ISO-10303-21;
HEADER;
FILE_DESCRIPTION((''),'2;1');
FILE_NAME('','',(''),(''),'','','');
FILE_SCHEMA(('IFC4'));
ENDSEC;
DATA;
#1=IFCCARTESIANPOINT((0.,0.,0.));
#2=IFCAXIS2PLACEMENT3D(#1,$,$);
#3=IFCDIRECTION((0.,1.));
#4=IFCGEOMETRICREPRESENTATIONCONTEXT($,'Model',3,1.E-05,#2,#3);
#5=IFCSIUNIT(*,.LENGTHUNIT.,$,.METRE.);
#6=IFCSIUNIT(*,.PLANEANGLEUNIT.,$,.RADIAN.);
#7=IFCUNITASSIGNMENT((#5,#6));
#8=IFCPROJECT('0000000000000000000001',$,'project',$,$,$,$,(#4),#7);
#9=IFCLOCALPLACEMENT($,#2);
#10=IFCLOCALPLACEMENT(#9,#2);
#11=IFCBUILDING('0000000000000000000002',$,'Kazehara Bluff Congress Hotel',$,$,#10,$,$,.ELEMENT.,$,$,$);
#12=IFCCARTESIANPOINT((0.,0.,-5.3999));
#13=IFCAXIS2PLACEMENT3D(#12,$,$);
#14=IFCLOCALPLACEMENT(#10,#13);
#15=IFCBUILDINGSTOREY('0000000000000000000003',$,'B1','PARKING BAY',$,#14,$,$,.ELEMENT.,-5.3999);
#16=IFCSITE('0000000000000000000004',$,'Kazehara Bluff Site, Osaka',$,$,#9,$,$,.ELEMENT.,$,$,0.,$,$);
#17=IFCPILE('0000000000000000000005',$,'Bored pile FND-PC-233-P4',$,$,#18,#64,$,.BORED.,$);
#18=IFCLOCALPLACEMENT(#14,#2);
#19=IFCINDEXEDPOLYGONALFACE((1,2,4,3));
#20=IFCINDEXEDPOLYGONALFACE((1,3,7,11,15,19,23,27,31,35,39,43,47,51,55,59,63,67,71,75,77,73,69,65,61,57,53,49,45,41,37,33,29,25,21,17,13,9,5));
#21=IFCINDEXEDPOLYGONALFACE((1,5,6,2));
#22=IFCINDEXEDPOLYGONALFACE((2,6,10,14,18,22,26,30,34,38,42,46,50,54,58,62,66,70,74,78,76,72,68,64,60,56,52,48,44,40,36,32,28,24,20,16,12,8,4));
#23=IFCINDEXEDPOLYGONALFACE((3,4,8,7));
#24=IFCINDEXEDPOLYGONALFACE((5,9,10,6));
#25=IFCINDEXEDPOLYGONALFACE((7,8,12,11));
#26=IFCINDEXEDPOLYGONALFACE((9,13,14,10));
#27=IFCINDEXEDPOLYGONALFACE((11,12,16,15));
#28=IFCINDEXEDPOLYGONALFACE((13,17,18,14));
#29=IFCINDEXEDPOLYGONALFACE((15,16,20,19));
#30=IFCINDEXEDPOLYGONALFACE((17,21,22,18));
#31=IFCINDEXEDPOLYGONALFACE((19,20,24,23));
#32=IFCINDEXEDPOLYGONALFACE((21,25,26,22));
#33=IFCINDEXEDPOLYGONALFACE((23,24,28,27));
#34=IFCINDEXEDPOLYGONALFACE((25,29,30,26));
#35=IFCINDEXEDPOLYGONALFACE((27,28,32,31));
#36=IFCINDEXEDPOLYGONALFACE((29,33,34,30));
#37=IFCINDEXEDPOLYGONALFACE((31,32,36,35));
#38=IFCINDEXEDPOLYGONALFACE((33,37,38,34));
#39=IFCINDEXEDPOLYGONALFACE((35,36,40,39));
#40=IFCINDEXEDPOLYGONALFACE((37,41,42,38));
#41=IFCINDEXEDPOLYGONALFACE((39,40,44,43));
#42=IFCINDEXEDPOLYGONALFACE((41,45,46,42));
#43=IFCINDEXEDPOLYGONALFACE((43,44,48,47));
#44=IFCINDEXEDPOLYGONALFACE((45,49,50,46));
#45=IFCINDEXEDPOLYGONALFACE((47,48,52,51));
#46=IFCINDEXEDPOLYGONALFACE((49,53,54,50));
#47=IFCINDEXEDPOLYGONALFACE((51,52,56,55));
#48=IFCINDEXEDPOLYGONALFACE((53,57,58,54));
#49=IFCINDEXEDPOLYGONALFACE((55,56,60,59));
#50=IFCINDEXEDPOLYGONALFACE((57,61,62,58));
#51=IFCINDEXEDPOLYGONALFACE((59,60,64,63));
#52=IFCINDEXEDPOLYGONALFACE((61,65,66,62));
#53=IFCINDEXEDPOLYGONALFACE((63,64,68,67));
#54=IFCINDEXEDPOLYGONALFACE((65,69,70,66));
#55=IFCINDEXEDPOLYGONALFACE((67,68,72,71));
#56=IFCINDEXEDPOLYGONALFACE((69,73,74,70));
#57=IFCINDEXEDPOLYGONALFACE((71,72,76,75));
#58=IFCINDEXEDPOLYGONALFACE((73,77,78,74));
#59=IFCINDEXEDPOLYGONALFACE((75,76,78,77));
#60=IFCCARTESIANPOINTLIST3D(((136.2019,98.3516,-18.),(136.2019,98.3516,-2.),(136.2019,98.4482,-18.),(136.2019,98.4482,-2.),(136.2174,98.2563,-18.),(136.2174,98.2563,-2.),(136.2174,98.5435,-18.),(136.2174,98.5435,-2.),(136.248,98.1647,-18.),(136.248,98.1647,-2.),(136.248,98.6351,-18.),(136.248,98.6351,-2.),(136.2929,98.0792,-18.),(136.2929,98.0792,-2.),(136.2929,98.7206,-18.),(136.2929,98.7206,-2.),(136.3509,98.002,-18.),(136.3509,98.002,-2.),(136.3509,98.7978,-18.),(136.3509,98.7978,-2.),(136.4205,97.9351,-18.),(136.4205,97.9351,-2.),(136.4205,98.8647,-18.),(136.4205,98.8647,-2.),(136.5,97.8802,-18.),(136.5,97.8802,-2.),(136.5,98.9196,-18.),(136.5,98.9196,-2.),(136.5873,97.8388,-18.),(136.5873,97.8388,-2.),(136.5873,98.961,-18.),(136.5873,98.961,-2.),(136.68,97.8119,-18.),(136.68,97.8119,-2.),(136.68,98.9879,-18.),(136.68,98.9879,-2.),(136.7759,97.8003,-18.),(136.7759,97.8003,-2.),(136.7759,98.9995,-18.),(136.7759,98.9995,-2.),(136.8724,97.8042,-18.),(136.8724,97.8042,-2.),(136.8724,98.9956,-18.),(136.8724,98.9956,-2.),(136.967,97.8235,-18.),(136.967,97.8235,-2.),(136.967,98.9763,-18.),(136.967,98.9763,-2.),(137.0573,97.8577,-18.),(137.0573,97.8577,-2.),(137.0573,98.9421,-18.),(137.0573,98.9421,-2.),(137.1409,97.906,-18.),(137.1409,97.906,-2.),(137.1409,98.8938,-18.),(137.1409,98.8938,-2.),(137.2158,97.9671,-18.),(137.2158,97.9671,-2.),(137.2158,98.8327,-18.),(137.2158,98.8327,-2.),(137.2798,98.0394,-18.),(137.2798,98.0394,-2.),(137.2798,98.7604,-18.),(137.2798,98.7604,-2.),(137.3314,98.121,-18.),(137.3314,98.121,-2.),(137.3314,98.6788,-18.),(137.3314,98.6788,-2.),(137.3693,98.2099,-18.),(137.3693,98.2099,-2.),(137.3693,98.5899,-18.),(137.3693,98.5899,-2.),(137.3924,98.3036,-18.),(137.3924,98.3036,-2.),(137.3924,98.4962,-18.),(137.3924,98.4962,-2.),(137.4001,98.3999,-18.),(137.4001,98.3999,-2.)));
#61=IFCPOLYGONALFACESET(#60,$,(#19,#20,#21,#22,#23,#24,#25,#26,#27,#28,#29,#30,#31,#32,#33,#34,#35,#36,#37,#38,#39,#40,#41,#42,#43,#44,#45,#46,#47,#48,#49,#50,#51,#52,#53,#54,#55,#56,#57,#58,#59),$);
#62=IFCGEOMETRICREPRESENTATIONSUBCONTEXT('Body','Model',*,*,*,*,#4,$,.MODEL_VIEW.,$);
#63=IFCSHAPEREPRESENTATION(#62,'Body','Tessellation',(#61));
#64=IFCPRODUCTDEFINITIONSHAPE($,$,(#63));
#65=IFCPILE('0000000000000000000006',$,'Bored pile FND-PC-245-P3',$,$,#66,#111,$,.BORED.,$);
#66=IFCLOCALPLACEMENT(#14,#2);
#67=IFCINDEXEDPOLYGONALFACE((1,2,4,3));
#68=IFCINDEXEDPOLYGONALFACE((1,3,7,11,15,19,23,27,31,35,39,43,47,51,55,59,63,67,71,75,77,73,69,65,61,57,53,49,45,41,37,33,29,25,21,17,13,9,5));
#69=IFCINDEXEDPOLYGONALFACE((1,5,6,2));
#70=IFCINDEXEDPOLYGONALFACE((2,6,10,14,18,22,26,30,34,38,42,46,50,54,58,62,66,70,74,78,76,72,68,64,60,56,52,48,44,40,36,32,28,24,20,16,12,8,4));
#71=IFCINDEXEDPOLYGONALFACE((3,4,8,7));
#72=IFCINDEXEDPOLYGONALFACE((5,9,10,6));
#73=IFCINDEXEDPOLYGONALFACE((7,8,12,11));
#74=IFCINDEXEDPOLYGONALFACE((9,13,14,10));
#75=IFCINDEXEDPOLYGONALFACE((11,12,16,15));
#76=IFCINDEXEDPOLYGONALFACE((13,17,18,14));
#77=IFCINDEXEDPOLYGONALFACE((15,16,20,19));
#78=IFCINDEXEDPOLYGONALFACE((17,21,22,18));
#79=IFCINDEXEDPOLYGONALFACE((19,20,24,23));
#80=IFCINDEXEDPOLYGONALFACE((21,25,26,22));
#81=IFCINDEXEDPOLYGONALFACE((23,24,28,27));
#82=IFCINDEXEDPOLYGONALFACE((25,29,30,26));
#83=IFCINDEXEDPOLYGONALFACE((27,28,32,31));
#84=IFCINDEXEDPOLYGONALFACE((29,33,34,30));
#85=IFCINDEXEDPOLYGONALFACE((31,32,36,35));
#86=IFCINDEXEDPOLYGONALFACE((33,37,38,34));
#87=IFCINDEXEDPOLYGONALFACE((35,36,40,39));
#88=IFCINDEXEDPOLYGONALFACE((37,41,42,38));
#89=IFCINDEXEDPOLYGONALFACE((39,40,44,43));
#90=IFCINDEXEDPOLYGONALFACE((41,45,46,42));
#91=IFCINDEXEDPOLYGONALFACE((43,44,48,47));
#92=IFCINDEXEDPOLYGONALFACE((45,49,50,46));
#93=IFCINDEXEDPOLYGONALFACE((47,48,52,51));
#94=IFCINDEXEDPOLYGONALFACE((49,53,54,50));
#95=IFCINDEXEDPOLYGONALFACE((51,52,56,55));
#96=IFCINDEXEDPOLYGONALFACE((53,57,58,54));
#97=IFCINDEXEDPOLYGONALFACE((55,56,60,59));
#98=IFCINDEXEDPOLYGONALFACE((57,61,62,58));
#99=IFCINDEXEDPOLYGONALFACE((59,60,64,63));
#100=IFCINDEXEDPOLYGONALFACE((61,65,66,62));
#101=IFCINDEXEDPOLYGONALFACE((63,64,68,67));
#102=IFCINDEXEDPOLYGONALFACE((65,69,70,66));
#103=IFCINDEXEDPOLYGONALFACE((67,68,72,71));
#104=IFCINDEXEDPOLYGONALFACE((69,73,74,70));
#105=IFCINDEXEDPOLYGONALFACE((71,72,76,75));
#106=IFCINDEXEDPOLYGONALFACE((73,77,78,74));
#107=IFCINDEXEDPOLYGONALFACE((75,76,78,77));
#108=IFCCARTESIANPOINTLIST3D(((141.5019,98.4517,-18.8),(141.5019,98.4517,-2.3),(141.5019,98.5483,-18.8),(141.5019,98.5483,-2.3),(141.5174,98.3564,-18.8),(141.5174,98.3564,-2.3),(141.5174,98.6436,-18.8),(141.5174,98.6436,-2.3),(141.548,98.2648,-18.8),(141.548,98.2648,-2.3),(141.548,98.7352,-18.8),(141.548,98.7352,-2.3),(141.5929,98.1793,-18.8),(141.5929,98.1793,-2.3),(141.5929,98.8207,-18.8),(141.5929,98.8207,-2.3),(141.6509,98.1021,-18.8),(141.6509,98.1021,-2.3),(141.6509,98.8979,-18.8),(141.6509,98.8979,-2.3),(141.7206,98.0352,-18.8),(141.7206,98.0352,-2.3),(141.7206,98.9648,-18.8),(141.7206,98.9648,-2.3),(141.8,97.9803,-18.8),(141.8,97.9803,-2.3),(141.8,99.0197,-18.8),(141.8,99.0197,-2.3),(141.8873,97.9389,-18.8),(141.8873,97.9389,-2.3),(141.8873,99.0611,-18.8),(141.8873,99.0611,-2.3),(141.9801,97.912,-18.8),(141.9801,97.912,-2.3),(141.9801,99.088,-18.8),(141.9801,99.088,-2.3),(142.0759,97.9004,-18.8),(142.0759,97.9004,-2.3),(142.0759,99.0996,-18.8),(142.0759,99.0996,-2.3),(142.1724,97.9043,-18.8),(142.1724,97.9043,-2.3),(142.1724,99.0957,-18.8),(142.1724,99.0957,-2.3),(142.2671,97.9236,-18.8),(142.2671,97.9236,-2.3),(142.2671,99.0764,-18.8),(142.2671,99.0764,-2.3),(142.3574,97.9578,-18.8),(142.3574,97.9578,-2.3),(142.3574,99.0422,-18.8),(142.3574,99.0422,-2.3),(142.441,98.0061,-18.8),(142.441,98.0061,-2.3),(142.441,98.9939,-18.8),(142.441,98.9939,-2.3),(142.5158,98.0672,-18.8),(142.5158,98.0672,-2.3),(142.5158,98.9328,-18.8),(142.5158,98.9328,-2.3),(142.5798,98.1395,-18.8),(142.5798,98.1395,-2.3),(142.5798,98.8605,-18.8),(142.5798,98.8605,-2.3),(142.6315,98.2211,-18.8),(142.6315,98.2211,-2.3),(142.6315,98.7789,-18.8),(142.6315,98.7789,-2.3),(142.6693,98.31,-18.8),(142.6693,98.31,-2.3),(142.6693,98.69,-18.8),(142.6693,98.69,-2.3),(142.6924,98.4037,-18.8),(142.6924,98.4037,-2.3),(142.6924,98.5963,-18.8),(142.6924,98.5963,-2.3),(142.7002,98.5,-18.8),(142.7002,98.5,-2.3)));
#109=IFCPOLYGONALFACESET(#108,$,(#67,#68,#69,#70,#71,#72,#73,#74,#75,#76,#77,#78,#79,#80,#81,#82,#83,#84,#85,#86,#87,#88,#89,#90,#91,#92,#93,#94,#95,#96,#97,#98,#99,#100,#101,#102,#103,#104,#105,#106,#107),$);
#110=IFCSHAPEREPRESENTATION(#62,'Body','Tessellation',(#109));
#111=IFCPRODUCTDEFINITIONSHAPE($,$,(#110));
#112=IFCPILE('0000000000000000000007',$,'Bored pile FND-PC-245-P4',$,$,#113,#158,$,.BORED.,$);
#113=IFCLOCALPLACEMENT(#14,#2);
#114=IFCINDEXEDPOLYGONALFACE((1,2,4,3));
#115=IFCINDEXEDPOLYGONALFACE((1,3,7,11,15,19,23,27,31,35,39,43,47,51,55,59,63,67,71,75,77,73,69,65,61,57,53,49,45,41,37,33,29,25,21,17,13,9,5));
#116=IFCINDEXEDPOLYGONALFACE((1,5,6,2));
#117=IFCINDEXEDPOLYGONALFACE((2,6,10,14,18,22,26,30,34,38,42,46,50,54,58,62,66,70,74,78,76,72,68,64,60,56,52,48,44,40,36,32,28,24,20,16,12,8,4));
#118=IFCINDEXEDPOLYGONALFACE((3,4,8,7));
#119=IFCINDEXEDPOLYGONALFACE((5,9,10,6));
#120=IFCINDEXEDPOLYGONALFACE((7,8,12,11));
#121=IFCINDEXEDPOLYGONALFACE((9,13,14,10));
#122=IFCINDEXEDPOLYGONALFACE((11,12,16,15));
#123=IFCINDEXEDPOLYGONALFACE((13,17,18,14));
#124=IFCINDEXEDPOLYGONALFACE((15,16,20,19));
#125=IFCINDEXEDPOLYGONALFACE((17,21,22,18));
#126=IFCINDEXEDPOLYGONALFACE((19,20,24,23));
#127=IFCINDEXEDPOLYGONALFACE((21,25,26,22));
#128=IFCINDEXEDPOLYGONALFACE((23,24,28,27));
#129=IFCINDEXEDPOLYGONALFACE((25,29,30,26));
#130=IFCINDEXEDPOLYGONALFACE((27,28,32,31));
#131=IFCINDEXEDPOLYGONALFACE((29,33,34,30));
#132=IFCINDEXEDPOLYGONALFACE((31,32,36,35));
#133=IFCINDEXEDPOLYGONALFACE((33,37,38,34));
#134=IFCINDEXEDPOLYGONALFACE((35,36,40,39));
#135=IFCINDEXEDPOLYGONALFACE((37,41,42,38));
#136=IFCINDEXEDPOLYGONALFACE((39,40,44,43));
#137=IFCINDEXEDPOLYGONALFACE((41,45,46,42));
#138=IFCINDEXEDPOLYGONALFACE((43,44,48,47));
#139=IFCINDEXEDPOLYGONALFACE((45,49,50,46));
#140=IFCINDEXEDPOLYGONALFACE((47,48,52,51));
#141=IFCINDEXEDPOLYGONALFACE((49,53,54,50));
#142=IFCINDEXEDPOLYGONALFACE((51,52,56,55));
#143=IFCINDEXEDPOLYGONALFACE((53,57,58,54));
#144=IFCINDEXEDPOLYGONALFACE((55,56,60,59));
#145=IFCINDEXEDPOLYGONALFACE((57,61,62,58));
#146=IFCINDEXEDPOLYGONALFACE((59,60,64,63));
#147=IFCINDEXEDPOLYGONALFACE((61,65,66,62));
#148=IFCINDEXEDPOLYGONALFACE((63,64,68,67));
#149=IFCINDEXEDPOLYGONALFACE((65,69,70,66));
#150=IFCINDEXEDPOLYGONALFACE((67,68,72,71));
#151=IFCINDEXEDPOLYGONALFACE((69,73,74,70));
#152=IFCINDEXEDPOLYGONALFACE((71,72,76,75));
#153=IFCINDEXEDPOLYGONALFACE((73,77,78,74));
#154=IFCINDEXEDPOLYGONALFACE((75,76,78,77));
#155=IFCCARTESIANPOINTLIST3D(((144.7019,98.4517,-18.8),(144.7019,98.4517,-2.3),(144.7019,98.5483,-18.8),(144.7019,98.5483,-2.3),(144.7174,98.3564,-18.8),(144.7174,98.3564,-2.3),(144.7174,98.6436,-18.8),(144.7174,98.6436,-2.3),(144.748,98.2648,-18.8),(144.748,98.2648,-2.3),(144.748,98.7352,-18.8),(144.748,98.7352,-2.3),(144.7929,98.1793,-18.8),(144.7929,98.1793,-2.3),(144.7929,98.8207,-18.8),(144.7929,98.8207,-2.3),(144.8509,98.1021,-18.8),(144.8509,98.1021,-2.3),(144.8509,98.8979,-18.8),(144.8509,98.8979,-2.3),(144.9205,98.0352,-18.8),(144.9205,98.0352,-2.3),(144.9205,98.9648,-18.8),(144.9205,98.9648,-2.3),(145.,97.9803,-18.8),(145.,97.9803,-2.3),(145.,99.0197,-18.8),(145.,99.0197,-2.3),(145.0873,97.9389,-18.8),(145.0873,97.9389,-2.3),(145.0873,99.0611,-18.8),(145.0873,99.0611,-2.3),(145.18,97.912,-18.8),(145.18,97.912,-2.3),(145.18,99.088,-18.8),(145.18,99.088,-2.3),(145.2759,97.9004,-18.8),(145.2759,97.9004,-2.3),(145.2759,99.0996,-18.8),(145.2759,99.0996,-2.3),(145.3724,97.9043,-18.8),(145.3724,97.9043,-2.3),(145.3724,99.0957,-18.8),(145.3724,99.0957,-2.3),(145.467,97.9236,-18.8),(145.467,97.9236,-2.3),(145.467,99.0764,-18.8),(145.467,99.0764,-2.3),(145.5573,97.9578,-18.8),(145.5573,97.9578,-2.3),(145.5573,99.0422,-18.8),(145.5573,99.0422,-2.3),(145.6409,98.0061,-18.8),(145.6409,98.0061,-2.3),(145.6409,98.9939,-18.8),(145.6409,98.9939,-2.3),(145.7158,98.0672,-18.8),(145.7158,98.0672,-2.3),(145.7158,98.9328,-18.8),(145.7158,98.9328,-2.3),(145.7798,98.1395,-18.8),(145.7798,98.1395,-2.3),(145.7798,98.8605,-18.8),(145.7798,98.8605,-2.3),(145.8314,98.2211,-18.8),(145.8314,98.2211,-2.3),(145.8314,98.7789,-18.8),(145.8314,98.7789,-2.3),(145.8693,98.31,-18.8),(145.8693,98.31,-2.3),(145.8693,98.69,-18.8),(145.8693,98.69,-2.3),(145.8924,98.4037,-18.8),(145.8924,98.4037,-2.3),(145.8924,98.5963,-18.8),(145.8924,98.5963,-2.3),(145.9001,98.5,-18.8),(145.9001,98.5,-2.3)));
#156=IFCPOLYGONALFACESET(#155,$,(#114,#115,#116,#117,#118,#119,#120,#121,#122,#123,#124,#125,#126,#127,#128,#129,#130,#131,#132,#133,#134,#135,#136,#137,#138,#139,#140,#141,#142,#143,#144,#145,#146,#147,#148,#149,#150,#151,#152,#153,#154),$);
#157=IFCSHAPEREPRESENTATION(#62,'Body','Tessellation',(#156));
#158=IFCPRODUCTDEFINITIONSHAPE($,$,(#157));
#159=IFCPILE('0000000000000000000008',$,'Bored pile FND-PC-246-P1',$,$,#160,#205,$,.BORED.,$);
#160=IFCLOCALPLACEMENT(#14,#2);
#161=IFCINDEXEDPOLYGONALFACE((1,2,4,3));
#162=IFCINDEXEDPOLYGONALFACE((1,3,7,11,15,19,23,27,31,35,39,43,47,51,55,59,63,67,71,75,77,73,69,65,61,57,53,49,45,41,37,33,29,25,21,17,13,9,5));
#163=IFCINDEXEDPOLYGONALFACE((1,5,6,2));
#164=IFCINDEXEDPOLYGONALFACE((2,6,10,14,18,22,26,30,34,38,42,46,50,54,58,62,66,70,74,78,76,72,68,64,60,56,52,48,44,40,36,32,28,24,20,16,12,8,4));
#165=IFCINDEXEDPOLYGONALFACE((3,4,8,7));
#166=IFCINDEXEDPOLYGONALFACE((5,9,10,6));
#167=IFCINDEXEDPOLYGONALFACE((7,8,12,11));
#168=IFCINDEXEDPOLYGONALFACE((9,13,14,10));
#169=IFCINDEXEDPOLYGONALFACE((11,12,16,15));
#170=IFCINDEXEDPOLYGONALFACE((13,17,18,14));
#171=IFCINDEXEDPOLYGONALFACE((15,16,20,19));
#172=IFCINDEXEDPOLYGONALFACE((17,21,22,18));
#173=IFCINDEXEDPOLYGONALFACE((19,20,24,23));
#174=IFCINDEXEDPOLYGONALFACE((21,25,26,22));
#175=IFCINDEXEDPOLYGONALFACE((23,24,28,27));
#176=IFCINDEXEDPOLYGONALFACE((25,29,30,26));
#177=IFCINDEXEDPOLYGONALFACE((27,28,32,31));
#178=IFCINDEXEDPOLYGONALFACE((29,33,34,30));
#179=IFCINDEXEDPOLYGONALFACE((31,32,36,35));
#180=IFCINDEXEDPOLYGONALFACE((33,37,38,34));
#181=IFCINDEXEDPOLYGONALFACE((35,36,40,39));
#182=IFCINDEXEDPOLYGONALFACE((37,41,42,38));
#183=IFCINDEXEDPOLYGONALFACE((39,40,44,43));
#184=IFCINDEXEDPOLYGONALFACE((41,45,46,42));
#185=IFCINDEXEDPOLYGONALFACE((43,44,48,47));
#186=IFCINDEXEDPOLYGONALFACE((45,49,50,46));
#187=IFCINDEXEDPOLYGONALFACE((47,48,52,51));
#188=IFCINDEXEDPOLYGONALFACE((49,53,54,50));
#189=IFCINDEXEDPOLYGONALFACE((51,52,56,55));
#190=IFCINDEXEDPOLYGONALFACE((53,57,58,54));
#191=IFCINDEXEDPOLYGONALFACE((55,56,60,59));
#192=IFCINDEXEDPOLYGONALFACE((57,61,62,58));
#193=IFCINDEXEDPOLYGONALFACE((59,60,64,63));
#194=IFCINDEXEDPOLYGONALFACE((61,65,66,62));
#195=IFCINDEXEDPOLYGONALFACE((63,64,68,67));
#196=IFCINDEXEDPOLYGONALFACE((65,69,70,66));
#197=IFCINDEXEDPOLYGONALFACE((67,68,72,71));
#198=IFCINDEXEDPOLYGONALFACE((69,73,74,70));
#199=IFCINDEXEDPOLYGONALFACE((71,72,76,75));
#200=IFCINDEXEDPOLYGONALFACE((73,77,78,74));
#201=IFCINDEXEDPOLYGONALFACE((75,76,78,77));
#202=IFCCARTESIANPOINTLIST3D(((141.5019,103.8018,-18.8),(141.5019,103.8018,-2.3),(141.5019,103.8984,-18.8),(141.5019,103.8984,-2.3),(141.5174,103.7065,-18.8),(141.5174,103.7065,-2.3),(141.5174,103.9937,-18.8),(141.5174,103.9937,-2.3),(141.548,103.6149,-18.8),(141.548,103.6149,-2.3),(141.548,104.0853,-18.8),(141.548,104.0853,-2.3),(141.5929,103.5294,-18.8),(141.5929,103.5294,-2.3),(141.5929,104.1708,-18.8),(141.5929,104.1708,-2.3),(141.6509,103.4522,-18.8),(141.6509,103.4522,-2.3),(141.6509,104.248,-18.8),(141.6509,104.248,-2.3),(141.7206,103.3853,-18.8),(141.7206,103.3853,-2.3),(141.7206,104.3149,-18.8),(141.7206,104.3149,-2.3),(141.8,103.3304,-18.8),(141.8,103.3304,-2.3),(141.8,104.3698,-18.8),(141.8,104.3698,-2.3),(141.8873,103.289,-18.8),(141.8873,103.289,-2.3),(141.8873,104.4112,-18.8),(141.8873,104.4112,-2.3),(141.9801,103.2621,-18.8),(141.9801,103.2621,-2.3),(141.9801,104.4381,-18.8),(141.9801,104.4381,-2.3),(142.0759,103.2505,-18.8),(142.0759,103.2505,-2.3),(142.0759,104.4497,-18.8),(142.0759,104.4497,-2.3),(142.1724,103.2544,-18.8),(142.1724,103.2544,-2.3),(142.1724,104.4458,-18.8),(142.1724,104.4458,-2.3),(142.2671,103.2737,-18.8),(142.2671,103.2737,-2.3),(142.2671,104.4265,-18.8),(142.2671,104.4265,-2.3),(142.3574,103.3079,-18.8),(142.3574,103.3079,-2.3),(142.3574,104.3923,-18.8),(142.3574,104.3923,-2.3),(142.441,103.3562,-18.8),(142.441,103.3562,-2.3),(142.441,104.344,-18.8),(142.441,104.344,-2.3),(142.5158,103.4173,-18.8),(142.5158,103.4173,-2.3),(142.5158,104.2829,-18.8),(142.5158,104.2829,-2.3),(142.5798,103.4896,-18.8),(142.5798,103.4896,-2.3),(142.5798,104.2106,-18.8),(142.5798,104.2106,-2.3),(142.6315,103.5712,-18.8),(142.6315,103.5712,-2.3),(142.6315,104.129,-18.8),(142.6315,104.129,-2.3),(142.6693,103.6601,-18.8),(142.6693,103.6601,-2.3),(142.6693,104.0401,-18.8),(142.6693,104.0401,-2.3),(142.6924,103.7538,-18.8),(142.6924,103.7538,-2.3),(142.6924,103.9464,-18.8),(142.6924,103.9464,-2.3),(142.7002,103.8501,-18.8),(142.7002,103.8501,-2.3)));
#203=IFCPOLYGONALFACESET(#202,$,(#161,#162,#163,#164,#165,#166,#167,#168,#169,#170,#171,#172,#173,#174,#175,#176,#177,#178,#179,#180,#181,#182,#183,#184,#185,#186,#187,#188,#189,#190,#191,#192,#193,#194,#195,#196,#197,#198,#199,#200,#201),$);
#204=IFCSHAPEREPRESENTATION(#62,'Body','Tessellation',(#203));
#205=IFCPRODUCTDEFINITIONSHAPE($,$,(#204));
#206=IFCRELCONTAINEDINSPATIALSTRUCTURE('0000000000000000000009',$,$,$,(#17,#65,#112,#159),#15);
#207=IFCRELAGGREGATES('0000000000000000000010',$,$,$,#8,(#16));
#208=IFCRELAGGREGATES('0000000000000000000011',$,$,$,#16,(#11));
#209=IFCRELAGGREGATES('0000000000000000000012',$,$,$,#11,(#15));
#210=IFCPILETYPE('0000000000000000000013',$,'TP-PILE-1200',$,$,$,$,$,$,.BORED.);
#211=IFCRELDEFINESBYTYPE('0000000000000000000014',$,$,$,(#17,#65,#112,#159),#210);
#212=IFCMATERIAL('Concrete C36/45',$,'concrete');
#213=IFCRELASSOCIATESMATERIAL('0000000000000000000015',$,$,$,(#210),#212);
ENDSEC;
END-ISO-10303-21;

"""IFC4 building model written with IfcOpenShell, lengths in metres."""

from ifc_helpers import new_model, si_unit, direction, frame, origin, origin_2d, place, context, subcontext, project, spatial, circle, extrude, material, material_profile, profile_set, type_object, element, save


model = new_model("IFC4")

# Units and contexts
model_context = context("Model", 3, precision=1e-05, world=origin(), true_north=direction((0.0, 1.0)))
body_context = subcontext(model_context, "Body", "Model", "MODEL_VIEW")
ifc_project = project(units=[si_unit("LENGTHUNIT", "METRE"), si_unit("PLANEANGLEUNIT", "RADIAN")], contexts=[model_context])

# Site, building, storey
site_placement = place(None, origin())
site = spatial("IfcSite", under=ifc_project, at=site_placement, Name="Kazehara Bluff Site, Osaka", CompositionType="ELEMENT", RefElevation=0.0)
building_placement = place(site_placement, origin())
building = spatial("IfcBuilding", under=site, at=building_placement, Name="Kazehara Bluff Congress Hotel", CompositionType="ELEMENT")
storey_placement = place(building_placement, frame((0.0, 0.0, -5.3999)))
storey = spatial("IfcBuildingStorey", under=building, at=storey_placement, Name="B1", Description="PARKING BAY", CompositionType="ELEMENT", Elevation=-5.3999)

# Piles
ifc_material_1 = material(Name="Concrete C36/45", Category="concrete")
ifc_material_profile_1 = material_profile(ifc_material_1, circle(Radius=0.6001, at=origin_2d()))
ifc_profile_set_1 = profile_set([ifc_material_profile_1], Name="Concrete C36/45")
pile_type = type_object("IfcPileType", Name="TP-PILE-1200", PredefinedType="BORED", material=ifc_profile_set_1)
for number, where, z_axis, x_axis, name in (
    (1, (136.8, 98.3999, -2.0), (0.0, 0.0, -1.0), (1.0, 0.0, 0.0), "Bored pile FND-PC-233-P4"),
):
    element("IfcPile", number, at=place(storey_placement, frame(where, z_axis=z_axis, x_axis=x_axis)), inside=storey, type_object=pile_type, Name=name, PredefinedType="BORED", context=body_context, shape_type="SweptSolid", body=[
        extrude(circle(Radius=0.6001, at=origin_2d()), origin(), (0.0, 0.0, 1.0), 16.0),
    ])
for number, where, z_axis, x_axis, name in (
    (2, (142.1001, 98.5, -2.3), (0.0, 0.0, -1.0), (1.0, 0.0, 0.0), "Bored pile FND-PC-245-P3"),
    (3, (145.3, 98.5, -2.3), (0.0, 0.0, -1.0), (1.0, 0.0, 0.0), "Bored pile FND-PC-245-P4"),
    (4, (142.1001, 103.8501, -2.3), (0.0, 0.0, -1.0), (1.0, 0.0, 0.0), "Bored pile FND-PC-246-P1"),
):
    element("IfcPile", number, at=place(storey_placement, frame(where, z_axis=z_axis, x_axis=x_axis)), inside=storey, type_object=pile_type, Name=name, PredefinedType="BORED", context=body_context, shape_type="SweptSolid", body=[
        extrude(circle(Radius=0.6001, at=origin_2d()), origin(), (0.0, 0.0, 1.0), 16.5),
    ])

save(model, "model.ifc")
